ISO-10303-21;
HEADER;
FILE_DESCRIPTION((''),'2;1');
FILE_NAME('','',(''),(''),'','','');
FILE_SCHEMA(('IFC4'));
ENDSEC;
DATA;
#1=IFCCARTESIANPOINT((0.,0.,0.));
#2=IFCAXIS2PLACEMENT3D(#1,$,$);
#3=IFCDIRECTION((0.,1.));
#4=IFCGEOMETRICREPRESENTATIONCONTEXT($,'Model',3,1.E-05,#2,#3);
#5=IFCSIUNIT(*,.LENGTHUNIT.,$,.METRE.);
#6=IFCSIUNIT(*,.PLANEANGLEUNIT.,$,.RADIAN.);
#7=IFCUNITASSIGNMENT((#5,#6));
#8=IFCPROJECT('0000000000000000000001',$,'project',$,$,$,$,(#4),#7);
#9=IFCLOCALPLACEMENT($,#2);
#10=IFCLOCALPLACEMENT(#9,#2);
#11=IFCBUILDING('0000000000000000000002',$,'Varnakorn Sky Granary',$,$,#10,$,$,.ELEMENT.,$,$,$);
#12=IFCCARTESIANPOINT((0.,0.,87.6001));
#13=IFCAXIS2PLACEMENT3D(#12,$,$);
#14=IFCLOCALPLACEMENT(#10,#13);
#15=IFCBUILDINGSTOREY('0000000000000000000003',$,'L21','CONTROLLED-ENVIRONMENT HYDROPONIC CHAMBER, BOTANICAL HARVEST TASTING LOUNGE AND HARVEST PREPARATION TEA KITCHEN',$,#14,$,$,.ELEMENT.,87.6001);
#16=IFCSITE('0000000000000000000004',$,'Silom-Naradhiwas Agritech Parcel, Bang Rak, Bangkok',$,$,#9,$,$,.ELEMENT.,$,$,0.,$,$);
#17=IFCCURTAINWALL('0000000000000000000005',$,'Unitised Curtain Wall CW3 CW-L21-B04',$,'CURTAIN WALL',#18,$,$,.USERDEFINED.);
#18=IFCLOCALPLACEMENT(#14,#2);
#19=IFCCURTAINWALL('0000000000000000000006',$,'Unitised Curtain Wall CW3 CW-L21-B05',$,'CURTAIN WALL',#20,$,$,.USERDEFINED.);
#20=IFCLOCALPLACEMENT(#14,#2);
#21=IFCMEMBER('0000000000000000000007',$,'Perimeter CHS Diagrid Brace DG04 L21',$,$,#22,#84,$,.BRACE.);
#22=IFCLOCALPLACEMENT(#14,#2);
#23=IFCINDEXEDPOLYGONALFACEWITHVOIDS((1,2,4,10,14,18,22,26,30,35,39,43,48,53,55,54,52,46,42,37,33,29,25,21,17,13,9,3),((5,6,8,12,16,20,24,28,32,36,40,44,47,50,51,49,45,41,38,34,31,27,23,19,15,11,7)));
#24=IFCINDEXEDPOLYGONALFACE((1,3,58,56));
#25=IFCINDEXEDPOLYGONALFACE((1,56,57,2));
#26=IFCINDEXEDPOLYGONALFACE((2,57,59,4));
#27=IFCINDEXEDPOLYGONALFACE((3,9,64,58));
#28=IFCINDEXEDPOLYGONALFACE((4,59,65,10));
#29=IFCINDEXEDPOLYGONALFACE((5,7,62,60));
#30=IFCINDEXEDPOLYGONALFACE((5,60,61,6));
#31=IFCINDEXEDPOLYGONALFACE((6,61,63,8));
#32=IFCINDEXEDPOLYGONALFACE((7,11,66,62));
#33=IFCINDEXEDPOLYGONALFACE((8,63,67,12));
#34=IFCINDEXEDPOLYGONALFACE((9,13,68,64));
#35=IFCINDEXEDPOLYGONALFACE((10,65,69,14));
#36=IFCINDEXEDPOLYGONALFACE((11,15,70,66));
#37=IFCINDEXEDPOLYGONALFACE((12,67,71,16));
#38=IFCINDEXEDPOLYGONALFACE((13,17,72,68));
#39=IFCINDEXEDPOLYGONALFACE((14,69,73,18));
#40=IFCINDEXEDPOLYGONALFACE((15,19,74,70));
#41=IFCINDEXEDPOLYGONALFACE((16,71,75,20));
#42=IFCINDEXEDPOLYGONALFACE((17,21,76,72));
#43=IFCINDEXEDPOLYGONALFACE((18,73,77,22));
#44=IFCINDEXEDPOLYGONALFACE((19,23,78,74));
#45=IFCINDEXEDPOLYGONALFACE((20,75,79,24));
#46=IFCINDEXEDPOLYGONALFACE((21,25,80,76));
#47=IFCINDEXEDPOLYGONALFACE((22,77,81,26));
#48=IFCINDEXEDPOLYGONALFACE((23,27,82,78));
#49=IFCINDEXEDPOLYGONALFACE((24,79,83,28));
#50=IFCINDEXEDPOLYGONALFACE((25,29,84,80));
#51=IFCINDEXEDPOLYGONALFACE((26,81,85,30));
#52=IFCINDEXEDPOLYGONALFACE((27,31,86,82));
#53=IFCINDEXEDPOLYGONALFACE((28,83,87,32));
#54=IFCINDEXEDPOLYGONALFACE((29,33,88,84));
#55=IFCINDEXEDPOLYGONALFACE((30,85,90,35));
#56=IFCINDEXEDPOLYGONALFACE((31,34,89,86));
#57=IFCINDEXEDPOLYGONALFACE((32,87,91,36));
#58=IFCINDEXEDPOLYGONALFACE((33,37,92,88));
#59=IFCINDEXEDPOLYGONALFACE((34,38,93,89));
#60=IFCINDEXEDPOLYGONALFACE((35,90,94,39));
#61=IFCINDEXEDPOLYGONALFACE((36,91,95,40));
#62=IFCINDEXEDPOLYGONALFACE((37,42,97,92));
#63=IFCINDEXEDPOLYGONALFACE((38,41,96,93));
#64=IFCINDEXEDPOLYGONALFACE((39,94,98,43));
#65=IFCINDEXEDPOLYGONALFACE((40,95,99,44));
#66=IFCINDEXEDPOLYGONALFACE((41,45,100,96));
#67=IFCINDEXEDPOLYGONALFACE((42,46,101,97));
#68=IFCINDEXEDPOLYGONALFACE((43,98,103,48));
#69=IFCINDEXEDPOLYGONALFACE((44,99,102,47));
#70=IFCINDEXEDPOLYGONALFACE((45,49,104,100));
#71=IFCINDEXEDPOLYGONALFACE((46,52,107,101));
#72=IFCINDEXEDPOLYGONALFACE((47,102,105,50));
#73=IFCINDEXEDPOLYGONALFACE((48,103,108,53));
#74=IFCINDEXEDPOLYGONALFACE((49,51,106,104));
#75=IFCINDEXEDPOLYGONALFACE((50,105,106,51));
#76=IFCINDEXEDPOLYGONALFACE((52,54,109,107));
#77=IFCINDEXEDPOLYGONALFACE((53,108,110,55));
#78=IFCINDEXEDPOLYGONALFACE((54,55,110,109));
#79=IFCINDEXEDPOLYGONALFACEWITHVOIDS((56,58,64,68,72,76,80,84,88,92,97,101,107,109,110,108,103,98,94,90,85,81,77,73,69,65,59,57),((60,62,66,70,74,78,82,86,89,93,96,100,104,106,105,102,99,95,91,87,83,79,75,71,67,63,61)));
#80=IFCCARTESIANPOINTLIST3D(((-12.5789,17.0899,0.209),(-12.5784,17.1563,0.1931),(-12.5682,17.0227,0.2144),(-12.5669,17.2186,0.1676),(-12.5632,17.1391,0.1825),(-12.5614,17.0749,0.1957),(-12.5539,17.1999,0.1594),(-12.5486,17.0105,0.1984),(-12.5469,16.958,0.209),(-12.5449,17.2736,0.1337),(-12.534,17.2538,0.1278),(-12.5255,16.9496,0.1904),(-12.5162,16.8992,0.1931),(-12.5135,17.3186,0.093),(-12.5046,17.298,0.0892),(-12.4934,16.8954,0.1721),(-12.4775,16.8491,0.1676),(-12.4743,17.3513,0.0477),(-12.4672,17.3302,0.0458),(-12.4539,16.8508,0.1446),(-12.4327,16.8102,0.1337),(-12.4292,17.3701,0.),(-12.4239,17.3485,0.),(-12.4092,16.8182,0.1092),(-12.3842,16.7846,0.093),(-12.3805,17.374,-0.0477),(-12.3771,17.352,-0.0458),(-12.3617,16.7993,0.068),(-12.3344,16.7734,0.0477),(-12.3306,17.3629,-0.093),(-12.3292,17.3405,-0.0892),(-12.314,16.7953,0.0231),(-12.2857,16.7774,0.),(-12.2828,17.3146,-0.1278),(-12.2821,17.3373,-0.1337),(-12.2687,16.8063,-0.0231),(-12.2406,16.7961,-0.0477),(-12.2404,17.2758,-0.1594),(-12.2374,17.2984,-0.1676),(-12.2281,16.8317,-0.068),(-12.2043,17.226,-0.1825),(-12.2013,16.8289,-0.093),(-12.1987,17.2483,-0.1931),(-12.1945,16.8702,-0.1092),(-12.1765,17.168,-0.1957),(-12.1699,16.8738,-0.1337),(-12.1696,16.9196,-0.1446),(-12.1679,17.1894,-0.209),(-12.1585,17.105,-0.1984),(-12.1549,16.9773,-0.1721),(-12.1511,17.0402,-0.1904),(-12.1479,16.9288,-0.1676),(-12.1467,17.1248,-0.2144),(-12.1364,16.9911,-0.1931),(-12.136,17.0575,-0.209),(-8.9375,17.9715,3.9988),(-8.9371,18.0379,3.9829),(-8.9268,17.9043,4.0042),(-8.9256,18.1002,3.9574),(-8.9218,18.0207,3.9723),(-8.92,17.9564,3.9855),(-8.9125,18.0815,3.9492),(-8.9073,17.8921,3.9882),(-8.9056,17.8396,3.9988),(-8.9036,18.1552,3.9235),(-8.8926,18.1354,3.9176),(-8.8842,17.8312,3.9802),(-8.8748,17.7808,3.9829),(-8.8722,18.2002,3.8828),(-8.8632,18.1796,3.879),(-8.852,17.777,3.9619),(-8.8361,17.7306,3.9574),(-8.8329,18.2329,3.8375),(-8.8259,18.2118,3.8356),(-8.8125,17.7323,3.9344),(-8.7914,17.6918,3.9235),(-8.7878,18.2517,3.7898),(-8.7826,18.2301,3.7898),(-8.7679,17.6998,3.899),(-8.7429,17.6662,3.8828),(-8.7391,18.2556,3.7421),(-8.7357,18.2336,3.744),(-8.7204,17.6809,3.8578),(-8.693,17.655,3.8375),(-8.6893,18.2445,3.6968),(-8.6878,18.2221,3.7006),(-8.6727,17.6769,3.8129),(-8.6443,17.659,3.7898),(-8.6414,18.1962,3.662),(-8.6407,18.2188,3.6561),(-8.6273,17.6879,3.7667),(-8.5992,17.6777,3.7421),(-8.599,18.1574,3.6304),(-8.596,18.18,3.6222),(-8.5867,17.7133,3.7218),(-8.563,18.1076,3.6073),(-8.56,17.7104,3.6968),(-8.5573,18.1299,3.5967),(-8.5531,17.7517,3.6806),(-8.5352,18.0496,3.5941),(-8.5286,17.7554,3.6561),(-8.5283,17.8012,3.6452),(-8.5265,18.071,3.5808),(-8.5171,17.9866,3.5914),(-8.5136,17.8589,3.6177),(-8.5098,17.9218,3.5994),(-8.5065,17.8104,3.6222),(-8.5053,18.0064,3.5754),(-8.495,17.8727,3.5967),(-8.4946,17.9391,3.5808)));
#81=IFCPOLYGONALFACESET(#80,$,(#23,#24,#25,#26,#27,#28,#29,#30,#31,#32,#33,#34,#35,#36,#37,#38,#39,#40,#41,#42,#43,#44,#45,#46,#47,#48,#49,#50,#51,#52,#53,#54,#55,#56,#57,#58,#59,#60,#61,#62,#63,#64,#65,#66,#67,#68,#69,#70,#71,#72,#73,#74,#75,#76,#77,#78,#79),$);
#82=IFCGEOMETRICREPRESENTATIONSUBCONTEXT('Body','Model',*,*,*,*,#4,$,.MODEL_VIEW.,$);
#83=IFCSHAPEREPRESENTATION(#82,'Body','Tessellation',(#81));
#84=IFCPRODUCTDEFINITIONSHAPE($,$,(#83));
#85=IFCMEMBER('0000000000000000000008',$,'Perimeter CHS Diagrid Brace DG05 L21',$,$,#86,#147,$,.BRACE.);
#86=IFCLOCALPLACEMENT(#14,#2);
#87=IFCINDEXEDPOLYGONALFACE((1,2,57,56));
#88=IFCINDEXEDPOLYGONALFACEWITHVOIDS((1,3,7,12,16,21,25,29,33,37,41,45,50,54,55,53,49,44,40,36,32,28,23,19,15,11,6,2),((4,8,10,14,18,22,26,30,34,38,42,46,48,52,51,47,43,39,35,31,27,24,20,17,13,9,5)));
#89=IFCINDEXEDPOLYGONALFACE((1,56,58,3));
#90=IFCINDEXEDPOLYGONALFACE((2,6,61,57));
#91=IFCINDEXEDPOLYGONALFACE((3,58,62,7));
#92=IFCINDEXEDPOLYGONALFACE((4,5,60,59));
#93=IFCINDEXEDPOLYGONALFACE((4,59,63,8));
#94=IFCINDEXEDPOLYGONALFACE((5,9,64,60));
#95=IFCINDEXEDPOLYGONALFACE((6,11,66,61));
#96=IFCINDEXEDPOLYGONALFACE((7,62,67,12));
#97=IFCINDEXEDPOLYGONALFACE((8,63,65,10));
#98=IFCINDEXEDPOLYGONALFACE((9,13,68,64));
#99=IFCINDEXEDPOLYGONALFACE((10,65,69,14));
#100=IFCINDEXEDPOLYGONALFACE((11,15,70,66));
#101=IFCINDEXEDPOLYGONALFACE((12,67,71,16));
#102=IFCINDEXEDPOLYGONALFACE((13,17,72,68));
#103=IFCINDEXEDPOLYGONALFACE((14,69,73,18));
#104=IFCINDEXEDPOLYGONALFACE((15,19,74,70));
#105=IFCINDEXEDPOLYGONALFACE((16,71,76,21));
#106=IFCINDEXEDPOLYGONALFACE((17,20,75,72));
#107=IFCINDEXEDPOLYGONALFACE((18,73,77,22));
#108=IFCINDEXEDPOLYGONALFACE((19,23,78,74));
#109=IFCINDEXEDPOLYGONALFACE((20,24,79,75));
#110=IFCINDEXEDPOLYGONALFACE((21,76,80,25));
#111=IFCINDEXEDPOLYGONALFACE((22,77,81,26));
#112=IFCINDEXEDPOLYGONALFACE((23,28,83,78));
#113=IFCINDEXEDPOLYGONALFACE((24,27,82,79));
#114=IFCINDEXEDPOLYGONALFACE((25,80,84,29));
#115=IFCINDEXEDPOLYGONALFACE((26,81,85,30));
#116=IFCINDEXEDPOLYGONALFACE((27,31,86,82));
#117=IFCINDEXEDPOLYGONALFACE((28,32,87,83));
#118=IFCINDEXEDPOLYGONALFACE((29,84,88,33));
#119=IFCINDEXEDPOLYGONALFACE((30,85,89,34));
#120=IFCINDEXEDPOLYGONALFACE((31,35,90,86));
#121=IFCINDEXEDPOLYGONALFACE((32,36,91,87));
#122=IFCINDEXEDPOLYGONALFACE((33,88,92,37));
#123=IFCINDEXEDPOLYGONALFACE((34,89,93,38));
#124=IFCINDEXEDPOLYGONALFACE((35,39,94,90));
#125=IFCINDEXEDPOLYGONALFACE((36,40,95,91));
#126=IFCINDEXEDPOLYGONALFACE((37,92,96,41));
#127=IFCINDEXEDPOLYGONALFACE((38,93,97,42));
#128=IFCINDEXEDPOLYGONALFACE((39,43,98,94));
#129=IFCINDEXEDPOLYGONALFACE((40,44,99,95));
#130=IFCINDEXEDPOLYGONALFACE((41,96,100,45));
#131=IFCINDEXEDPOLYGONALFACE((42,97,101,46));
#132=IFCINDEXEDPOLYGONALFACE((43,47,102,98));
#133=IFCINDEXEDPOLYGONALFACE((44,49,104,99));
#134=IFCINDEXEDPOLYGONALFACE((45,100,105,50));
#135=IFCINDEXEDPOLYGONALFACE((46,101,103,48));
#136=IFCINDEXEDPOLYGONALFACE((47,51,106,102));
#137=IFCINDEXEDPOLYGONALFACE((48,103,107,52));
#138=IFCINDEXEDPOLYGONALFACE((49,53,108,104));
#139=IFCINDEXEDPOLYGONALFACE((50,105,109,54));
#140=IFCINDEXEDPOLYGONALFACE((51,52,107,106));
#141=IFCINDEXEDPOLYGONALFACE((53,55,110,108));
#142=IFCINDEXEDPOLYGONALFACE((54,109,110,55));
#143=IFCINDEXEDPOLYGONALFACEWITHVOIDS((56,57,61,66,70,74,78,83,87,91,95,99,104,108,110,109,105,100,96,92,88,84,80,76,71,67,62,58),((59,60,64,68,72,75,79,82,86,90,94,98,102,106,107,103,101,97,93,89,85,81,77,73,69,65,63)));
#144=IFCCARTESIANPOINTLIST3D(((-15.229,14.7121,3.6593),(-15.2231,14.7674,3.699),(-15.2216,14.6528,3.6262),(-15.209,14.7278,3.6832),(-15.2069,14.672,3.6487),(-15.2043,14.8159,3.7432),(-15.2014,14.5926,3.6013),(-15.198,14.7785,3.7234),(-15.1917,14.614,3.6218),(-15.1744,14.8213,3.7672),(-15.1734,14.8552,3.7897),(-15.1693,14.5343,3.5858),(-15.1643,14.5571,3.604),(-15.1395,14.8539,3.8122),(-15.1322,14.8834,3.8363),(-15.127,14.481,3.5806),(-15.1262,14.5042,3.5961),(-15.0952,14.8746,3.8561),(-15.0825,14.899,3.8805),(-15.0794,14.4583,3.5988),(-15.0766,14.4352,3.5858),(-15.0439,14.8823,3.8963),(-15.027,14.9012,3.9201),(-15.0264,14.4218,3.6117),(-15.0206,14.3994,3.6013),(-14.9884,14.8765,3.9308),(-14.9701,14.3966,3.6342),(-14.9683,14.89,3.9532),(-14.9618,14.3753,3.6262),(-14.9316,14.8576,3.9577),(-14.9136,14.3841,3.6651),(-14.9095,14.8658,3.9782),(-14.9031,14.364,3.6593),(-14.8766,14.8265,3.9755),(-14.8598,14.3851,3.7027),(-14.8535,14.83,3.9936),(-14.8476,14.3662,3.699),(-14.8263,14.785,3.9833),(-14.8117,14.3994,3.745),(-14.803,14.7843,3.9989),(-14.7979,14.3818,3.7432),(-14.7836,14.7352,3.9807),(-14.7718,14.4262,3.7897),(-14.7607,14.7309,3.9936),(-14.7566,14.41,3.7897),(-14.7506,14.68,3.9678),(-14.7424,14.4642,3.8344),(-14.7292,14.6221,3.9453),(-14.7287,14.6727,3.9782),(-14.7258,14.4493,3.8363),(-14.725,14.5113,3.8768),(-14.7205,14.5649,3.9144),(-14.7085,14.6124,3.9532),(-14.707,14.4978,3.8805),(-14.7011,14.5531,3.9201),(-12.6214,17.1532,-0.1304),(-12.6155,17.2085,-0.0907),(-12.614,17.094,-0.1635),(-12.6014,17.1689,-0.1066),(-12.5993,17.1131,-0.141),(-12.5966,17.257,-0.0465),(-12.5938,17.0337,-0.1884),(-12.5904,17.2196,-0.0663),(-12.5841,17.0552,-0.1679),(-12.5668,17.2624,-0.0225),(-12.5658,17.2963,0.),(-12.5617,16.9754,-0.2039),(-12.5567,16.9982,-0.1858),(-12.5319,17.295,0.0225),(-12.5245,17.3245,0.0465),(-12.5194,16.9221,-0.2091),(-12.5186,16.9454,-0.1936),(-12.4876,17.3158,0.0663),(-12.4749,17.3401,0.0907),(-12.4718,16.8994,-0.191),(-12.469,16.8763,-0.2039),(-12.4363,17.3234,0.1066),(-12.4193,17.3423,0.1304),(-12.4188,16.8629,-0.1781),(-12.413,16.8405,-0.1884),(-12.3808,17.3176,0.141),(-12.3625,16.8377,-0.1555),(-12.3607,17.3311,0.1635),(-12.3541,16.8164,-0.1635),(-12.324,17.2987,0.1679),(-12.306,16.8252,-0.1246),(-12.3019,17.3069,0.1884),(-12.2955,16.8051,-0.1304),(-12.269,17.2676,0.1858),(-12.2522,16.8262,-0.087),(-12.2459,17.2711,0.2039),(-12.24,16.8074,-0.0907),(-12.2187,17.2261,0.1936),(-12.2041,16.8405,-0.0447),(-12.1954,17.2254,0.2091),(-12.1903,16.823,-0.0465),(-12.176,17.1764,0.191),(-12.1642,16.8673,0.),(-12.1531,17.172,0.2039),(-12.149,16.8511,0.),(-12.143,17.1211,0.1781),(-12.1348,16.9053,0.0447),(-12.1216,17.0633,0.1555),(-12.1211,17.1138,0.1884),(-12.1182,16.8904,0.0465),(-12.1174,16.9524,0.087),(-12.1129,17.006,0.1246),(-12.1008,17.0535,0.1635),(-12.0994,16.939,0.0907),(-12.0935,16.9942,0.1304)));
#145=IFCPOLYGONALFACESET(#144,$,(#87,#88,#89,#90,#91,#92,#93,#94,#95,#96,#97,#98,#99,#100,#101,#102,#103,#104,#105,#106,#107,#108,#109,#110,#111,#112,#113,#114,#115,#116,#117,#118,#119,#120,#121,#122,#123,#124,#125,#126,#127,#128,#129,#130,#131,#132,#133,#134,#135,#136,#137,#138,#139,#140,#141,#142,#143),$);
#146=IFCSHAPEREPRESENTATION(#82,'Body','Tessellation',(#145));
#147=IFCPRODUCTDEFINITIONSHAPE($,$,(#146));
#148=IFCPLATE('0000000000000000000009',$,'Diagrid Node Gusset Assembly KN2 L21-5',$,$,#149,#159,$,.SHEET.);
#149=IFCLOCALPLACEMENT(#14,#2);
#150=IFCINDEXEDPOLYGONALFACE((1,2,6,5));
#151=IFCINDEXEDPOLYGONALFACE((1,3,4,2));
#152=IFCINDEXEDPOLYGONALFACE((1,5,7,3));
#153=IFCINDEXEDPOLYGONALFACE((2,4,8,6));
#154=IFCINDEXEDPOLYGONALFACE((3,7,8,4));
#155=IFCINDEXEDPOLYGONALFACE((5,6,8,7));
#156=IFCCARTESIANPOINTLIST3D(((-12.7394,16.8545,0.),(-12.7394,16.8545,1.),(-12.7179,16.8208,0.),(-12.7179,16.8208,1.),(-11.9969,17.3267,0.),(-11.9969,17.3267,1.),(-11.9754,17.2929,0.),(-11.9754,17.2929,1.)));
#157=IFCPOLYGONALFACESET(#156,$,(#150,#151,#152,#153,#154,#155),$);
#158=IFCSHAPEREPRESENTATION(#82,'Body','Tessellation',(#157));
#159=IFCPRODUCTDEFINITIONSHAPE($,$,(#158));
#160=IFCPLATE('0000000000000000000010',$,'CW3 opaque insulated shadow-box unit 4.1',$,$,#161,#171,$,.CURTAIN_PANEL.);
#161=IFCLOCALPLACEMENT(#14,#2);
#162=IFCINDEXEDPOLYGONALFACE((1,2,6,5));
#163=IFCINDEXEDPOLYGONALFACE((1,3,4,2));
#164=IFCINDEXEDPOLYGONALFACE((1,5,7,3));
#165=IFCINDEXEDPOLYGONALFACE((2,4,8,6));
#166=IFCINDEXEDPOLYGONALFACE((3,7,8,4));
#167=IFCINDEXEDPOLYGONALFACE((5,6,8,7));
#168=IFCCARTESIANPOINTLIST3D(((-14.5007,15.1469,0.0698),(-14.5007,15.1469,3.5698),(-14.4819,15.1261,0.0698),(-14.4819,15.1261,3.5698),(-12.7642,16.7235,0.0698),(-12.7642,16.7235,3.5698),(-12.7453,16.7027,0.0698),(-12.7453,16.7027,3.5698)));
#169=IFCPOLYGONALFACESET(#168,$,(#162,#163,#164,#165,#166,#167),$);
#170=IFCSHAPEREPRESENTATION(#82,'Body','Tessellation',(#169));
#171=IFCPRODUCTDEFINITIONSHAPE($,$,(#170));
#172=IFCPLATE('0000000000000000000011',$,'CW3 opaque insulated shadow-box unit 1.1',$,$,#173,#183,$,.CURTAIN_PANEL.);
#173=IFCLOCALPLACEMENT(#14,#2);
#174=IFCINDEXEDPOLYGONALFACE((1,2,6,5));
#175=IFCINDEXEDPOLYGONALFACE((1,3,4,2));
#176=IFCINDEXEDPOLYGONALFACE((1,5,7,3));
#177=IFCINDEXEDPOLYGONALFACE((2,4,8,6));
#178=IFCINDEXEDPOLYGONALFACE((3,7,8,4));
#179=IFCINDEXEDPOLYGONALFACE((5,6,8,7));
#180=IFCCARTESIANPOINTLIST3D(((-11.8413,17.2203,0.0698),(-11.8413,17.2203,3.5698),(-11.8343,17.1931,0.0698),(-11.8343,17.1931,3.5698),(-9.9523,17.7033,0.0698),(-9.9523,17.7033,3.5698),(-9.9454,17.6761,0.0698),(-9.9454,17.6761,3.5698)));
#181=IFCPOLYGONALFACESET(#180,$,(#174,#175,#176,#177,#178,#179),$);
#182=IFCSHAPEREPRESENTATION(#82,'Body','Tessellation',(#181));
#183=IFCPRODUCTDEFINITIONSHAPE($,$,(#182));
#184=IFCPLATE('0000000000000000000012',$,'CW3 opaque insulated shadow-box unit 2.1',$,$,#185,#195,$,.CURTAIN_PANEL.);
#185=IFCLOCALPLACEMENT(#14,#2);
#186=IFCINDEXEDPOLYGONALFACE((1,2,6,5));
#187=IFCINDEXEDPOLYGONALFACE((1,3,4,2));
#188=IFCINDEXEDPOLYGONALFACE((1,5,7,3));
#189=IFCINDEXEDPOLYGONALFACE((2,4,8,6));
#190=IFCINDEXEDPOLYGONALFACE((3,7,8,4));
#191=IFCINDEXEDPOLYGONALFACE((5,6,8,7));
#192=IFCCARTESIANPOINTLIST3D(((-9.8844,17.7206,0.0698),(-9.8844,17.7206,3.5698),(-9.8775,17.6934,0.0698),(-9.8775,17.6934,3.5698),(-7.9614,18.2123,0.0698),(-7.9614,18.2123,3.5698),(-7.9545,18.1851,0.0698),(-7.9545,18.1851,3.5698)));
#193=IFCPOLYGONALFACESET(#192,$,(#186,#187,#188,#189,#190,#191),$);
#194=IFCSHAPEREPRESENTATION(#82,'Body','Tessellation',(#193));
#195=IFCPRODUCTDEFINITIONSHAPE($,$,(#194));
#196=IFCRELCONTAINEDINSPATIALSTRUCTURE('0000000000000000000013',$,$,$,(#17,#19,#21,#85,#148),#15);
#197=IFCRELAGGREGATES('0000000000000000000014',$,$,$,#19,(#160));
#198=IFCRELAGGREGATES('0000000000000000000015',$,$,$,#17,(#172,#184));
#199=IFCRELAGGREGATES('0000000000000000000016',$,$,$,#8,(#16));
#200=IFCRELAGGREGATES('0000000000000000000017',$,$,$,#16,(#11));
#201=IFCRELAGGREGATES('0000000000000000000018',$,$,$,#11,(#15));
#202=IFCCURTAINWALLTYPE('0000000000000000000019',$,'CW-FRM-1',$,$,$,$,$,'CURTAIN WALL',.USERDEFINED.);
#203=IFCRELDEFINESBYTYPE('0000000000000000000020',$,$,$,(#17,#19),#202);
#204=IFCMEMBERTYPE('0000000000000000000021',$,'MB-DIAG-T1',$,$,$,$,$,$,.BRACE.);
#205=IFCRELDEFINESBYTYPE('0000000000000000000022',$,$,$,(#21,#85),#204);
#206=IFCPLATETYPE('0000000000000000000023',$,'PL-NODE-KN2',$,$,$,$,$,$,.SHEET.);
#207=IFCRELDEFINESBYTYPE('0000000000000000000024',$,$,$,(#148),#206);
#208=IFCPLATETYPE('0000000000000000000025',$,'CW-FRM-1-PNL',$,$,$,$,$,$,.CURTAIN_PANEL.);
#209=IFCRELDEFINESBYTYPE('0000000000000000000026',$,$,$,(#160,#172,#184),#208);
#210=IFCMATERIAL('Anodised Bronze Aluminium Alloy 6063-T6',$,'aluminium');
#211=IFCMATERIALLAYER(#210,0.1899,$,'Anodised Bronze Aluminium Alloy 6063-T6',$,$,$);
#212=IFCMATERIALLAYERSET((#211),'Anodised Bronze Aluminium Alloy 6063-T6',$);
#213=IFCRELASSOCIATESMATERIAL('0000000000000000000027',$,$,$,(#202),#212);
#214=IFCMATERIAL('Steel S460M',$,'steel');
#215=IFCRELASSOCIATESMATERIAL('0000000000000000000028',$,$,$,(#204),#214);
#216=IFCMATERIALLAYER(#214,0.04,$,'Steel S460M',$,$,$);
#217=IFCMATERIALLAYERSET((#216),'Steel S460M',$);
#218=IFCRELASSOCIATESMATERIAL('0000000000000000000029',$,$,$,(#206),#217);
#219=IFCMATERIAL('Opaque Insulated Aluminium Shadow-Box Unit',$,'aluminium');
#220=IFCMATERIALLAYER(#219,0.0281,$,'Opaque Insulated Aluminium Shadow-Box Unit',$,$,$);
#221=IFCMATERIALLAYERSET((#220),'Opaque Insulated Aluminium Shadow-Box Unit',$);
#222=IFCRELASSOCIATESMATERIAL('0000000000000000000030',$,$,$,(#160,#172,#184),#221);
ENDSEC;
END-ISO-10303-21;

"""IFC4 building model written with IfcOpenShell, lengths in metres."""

from ifc_helpers import new_model, si_unit, direction, frame, origin, origin_2d, place, context, subcontext, project, spatial, rectangle, hollow_circle, extrude, source, transform, mapped, material, layer, layer_set, material_profile, profile_set, type_object, type_shapes, element, aggregate, save


model = new_model("IFC4")

# Units and contexts
model_context = context("Model", 3, precision=1e-05, world=origin(), true_north=direction((0.0, 1.0)))
body_context = subcontext(model_context, "Body", "Model", "MODEL_VIEW")
ifc_project = project(units=[si_unit("LENGTHUNIT", "METRE"), si_unit("PLANEANGLEUNIT", "RADIAN")], contexts=[model_context])

# Site, building, storey
site_placement = place(None, origin())
site = spatial("IfcSite", under=ifc_project, at=site_placement, Name="Silom-Naradhiwas Agritech Parcel, Bang Rak, Bangkok", CompositionType="ELEMENT", RefElevation=0.0)
building_placement = place(site_placement, origin())
building = spatial("IfcBuilding", under=site, at=building_placement, Name="Varnakorn Sky Granary", CompositionType="ELEMENT")
storey_placement = place(building_placement, frame((0.0, 0.0, 87.6001)))
storey = spatial("IfcBuildingStorey", under=building, at=storey_placement, Name="L21", Description="CONTROLLED-ENVIRONMENT HYDROPONIC CHAMBER, BOTANICAL HARVEST TASTING LOUNGE AND HARVEST PREPARATION TEA KITCHEN", CompositionType="ELEMENT", Elevation=87.6001)

# Shared definitions
ifc_material_1 = material(Name="Steel S460M", Category="steel")

# Curtain wall
ifc_material_2 = material(Name="Anodised Bronze Aluminium Alloy 6063-T6", Category="aluminium")
ifc_layer_1 = layer(ifc_material_2, 0.1899, Name="Anodised Bronze Aluminium Alloy 6063-T6")
ifc_layer_set_1 = layer_set([ifc_layer_1], Name="Anodised Bronze Aluminium Alloy 6063-T6")
curtain_wall_type = type_object("IfcCurtainWallType", Name="CW-FRM-1", ElementType="CURTAIN WALL", PredefinedType="USERDEFINED", material=ifc_layer_set_1)
curtain_wall_1_placement = place(storey_placement, origin())
curtain_wall_1 = element("IfcCurtainWall", 1, at=curtain_wall_1_placement, inside=storey, type_object=curtain_wall_type, Name="Unitised Curtain Wall CW3 CW-L21-B04", ObjectType="CURTAIN WALL", PredefinedType="USERDEFINED")

# Curtain wall
curtain_wall_2_placement = place(storey_placement, origin())
curtain_wall_2 = element("IfcCurtainWall", 2, at=curtain_wall_2_placement, inside=storey, type_object=curtain_wall_type, Name="Unitised Curtain Wall CW3 CW-L21-B05", ObjectType="CURTAIN WALL", PredefinedType="USERDEFINED")

# Members
ifc_material_profile_1 = material_profile(ifc_material_1, hollow_circle(Radius=0.3049, WallThickness=0.0222, at=origin_2d()), Name="CHS 610x22")
ifc_profile_set_1 = profile_set([ifc_material_profile_1], Name="Steel S460M")
member_type_1 = type_object("IfcMemberType", Name="MB-DIAG-T1", PredefinedType="BRACE", material=ifc_profile_set_1)
member_1_placement = place(storey_placement, frame((-12.3574, 17.0737, 0.0), z_axis=(0.683298, 0.16543, 0.711152), x_axis=(-0.235307, 0.971921, 0.0)))
element("IfcMember", 3, at=member_1_placement, inside=storey, type_object=member_type_1, Name="Perimeter CHS Diagrid Brace DG04 L21", PredefinedType="BRACE", context=body_context, shape_type="SweptSolid", body=[
    extrude(hollow_circle(Radius=0.3049, WallThickness=0.0222, at=origin_2d()), origin(), (0.0, 0.0, 1.0), 5.3291),
])
member_2_placement = place(storey_placement, frame((-12.3574, 17.0737, 0.0), z_axis=(-0.500718, -0.468746, 0.727708), x_axis=(0.683416, -0.730029, 0.0)))
element("IfcMember", 4, at=member_2_placement, inside=storey, type_object=member_type_1, Name="Perimeter CHS Diagrid Brace DG05 L21", PredefinedType="BRACE", context=body_context, shape_type="SweptSolid", body=[
    extrude(hollow_circle(Radius=0.3049, WallThickness=0.0222, at=origin_2d()), origin(), (0.0, 0.0, 1.0), 5.2078),
])

# Plates
ifc_layer_2 = layer(ifc_material_1, 0.04, Name="Steel S460M")
ifc_layer_set_2 = layer_set([ifc_layer_2], Name="Steel S460M")
plate_type_1 = type_object("IfcPlateType", Name="PL-NODE-KN2", PredefinedType="SHEET", material=ifc_layer_set_2)
plate_1_placement = place(storey_placement, frame((-12.3574, 17.0737, 0.0), z_axis=(0.0, 0.0, 1.0), x_axis=(-0.843831, -0.536609, 0.0)))
element("IfcPlate", 5, at=plate_1_placement, inside=storey, type_object=plate_type_1, Name="Diagrid Node Gusset Assembly KN2 L21-5", PredefinedType="SHEET", context=body_context, shape_type="SweptSolid", body=[
    extrude(rectangle(XDim=0.8799, YDim=0.04, at=origin_2d()), origin(), (0.0, 0.0, 1.0), 1.0),
])
ifc_material_3 = material(Name="Opaque Insulated Aluminium Shadow-Box Unit", Category="aluminium")
ifc_layer_3 = layer(ifc_material_3, 0.0281, Name="Opaque Insulated Aluminium Shadow-Box Unit")
ifc_layer_set_3 = layer_set([ifc_layer_3], Name="Opaque Insulated Aluminium Shadow-Box Unit")
plate_type_2 = type_object("IfcPlateType", Name="CW-FRM-1-PNL", PredefinedType="CURTAIN_PANEL")
shared_shape_1 = source(origin(), body_context, "Body", "SweptSolid", [
    extrude(rectangle(XDim=2.3455, YDim=0.0281, at=origin_2d()), origin(), (0.0, 0.0, 1.0), 3.5),
])
plate_2_placement = place(storey_placement, frame((-13.623, 15.9248, 0.0698), z_axis=(0.0, 0.0, 1.0), x_axis=(0.740378, 0.67219, 0.0)))
plate_2 = element("IfcPlate", 6, at=plate_2_placement, type_object=plate_type_2, material=ifc_layer_set_3, Name="CW3 opaque insulated shadow-box unit 4.1", PredefinedType="CURTAIN_PANEL", context=body_context, shape_type="MappedRepresentation", body=[
    mapped(shared_shape_1, transform((0.0, 0.0, 0.0), x_axis=(1.0, 0.0, 0.0), y_axis=(0.0, 1.0, 0.0), z_axis=(0.0, 0.0, 1.0), scale=1.0)),
])
aggregate(curtain_wall_2, [plate_2])
shared_shape_2 = source(origin(), body_context, "Body", "SweptSolid", [
    extrude(rectangle(XDim=1.9497, YDim=0.0281, at=origin_2d()), origin(), (0.0, 0.0, 1.0), 3.5),
])
plate_3_placement = place(storey_placement, frame((-10.8933, 17.4482, 0.0698), z_axis=(0.0, 0.0, 1.0), x_axis=(0.968829, 0.247729, 0.0)))
plate_3 = element("IfcPlate", 7, at=plate_3_placement, type_object=plate_type_2, material=ifc_layer_set_3, Name="CW3 opaque insulated shadow-box unit 1.1", PredefinedType="CURTAIN_PANEL", context=body_context, shape_type="MappedRepresentation", body=[
    mapped(shared_shape_2, transform((0.0, 0.0, 0.0), x_axis=(1.0, 0.0, 0.0), y_axis=(0.0, 1.0, 0.0), z_axis=(0.0, 0.0, 1.0), scale=1.0)),
])
shared_shape_3 = source(origin(), body_context, "Body", "SweptSolid", [
    extrude(rectangle(XDim=1.9849, YDim=0.0281, at=origin_2d()), origin(), (0.0, 0.0, 1.0), 3.5),
])
type_shapes(plate_type_2, [shared_shape_1, shared_shape_2, shared_shape_3])
plate_4_placement = place(storey_placement, frame((-8.9194, 17.9529, 0.0698), z_axis=(0.0, 0.0, 1.0), x_axis=(0.968829, 0.247729, 0.0)))
plate_4 = element("IfcPlate", 8, at=plate_4_placement, type_object=plate_type_2, material=ifc_layer_set_3, Name="CW3 opaque insulated shadow-box unit 2.1", PredefinedType="CURTAIN_PANEL", context=body_context, shape_type="MappedRepresentation", body=[
    mapped(shared_shape_3, transform((0.0, 0.0, 0.0), x_axis=(1.0, 0.0, 0.0), y_axis=(0.0, 1.0, 0.0), z_axis=(0.0, 0.0, 1.0), scale=1.0)),
])
aggregate(curtain_wall_1, [plate_3, plate_4])

save(model, "model.ifc")
